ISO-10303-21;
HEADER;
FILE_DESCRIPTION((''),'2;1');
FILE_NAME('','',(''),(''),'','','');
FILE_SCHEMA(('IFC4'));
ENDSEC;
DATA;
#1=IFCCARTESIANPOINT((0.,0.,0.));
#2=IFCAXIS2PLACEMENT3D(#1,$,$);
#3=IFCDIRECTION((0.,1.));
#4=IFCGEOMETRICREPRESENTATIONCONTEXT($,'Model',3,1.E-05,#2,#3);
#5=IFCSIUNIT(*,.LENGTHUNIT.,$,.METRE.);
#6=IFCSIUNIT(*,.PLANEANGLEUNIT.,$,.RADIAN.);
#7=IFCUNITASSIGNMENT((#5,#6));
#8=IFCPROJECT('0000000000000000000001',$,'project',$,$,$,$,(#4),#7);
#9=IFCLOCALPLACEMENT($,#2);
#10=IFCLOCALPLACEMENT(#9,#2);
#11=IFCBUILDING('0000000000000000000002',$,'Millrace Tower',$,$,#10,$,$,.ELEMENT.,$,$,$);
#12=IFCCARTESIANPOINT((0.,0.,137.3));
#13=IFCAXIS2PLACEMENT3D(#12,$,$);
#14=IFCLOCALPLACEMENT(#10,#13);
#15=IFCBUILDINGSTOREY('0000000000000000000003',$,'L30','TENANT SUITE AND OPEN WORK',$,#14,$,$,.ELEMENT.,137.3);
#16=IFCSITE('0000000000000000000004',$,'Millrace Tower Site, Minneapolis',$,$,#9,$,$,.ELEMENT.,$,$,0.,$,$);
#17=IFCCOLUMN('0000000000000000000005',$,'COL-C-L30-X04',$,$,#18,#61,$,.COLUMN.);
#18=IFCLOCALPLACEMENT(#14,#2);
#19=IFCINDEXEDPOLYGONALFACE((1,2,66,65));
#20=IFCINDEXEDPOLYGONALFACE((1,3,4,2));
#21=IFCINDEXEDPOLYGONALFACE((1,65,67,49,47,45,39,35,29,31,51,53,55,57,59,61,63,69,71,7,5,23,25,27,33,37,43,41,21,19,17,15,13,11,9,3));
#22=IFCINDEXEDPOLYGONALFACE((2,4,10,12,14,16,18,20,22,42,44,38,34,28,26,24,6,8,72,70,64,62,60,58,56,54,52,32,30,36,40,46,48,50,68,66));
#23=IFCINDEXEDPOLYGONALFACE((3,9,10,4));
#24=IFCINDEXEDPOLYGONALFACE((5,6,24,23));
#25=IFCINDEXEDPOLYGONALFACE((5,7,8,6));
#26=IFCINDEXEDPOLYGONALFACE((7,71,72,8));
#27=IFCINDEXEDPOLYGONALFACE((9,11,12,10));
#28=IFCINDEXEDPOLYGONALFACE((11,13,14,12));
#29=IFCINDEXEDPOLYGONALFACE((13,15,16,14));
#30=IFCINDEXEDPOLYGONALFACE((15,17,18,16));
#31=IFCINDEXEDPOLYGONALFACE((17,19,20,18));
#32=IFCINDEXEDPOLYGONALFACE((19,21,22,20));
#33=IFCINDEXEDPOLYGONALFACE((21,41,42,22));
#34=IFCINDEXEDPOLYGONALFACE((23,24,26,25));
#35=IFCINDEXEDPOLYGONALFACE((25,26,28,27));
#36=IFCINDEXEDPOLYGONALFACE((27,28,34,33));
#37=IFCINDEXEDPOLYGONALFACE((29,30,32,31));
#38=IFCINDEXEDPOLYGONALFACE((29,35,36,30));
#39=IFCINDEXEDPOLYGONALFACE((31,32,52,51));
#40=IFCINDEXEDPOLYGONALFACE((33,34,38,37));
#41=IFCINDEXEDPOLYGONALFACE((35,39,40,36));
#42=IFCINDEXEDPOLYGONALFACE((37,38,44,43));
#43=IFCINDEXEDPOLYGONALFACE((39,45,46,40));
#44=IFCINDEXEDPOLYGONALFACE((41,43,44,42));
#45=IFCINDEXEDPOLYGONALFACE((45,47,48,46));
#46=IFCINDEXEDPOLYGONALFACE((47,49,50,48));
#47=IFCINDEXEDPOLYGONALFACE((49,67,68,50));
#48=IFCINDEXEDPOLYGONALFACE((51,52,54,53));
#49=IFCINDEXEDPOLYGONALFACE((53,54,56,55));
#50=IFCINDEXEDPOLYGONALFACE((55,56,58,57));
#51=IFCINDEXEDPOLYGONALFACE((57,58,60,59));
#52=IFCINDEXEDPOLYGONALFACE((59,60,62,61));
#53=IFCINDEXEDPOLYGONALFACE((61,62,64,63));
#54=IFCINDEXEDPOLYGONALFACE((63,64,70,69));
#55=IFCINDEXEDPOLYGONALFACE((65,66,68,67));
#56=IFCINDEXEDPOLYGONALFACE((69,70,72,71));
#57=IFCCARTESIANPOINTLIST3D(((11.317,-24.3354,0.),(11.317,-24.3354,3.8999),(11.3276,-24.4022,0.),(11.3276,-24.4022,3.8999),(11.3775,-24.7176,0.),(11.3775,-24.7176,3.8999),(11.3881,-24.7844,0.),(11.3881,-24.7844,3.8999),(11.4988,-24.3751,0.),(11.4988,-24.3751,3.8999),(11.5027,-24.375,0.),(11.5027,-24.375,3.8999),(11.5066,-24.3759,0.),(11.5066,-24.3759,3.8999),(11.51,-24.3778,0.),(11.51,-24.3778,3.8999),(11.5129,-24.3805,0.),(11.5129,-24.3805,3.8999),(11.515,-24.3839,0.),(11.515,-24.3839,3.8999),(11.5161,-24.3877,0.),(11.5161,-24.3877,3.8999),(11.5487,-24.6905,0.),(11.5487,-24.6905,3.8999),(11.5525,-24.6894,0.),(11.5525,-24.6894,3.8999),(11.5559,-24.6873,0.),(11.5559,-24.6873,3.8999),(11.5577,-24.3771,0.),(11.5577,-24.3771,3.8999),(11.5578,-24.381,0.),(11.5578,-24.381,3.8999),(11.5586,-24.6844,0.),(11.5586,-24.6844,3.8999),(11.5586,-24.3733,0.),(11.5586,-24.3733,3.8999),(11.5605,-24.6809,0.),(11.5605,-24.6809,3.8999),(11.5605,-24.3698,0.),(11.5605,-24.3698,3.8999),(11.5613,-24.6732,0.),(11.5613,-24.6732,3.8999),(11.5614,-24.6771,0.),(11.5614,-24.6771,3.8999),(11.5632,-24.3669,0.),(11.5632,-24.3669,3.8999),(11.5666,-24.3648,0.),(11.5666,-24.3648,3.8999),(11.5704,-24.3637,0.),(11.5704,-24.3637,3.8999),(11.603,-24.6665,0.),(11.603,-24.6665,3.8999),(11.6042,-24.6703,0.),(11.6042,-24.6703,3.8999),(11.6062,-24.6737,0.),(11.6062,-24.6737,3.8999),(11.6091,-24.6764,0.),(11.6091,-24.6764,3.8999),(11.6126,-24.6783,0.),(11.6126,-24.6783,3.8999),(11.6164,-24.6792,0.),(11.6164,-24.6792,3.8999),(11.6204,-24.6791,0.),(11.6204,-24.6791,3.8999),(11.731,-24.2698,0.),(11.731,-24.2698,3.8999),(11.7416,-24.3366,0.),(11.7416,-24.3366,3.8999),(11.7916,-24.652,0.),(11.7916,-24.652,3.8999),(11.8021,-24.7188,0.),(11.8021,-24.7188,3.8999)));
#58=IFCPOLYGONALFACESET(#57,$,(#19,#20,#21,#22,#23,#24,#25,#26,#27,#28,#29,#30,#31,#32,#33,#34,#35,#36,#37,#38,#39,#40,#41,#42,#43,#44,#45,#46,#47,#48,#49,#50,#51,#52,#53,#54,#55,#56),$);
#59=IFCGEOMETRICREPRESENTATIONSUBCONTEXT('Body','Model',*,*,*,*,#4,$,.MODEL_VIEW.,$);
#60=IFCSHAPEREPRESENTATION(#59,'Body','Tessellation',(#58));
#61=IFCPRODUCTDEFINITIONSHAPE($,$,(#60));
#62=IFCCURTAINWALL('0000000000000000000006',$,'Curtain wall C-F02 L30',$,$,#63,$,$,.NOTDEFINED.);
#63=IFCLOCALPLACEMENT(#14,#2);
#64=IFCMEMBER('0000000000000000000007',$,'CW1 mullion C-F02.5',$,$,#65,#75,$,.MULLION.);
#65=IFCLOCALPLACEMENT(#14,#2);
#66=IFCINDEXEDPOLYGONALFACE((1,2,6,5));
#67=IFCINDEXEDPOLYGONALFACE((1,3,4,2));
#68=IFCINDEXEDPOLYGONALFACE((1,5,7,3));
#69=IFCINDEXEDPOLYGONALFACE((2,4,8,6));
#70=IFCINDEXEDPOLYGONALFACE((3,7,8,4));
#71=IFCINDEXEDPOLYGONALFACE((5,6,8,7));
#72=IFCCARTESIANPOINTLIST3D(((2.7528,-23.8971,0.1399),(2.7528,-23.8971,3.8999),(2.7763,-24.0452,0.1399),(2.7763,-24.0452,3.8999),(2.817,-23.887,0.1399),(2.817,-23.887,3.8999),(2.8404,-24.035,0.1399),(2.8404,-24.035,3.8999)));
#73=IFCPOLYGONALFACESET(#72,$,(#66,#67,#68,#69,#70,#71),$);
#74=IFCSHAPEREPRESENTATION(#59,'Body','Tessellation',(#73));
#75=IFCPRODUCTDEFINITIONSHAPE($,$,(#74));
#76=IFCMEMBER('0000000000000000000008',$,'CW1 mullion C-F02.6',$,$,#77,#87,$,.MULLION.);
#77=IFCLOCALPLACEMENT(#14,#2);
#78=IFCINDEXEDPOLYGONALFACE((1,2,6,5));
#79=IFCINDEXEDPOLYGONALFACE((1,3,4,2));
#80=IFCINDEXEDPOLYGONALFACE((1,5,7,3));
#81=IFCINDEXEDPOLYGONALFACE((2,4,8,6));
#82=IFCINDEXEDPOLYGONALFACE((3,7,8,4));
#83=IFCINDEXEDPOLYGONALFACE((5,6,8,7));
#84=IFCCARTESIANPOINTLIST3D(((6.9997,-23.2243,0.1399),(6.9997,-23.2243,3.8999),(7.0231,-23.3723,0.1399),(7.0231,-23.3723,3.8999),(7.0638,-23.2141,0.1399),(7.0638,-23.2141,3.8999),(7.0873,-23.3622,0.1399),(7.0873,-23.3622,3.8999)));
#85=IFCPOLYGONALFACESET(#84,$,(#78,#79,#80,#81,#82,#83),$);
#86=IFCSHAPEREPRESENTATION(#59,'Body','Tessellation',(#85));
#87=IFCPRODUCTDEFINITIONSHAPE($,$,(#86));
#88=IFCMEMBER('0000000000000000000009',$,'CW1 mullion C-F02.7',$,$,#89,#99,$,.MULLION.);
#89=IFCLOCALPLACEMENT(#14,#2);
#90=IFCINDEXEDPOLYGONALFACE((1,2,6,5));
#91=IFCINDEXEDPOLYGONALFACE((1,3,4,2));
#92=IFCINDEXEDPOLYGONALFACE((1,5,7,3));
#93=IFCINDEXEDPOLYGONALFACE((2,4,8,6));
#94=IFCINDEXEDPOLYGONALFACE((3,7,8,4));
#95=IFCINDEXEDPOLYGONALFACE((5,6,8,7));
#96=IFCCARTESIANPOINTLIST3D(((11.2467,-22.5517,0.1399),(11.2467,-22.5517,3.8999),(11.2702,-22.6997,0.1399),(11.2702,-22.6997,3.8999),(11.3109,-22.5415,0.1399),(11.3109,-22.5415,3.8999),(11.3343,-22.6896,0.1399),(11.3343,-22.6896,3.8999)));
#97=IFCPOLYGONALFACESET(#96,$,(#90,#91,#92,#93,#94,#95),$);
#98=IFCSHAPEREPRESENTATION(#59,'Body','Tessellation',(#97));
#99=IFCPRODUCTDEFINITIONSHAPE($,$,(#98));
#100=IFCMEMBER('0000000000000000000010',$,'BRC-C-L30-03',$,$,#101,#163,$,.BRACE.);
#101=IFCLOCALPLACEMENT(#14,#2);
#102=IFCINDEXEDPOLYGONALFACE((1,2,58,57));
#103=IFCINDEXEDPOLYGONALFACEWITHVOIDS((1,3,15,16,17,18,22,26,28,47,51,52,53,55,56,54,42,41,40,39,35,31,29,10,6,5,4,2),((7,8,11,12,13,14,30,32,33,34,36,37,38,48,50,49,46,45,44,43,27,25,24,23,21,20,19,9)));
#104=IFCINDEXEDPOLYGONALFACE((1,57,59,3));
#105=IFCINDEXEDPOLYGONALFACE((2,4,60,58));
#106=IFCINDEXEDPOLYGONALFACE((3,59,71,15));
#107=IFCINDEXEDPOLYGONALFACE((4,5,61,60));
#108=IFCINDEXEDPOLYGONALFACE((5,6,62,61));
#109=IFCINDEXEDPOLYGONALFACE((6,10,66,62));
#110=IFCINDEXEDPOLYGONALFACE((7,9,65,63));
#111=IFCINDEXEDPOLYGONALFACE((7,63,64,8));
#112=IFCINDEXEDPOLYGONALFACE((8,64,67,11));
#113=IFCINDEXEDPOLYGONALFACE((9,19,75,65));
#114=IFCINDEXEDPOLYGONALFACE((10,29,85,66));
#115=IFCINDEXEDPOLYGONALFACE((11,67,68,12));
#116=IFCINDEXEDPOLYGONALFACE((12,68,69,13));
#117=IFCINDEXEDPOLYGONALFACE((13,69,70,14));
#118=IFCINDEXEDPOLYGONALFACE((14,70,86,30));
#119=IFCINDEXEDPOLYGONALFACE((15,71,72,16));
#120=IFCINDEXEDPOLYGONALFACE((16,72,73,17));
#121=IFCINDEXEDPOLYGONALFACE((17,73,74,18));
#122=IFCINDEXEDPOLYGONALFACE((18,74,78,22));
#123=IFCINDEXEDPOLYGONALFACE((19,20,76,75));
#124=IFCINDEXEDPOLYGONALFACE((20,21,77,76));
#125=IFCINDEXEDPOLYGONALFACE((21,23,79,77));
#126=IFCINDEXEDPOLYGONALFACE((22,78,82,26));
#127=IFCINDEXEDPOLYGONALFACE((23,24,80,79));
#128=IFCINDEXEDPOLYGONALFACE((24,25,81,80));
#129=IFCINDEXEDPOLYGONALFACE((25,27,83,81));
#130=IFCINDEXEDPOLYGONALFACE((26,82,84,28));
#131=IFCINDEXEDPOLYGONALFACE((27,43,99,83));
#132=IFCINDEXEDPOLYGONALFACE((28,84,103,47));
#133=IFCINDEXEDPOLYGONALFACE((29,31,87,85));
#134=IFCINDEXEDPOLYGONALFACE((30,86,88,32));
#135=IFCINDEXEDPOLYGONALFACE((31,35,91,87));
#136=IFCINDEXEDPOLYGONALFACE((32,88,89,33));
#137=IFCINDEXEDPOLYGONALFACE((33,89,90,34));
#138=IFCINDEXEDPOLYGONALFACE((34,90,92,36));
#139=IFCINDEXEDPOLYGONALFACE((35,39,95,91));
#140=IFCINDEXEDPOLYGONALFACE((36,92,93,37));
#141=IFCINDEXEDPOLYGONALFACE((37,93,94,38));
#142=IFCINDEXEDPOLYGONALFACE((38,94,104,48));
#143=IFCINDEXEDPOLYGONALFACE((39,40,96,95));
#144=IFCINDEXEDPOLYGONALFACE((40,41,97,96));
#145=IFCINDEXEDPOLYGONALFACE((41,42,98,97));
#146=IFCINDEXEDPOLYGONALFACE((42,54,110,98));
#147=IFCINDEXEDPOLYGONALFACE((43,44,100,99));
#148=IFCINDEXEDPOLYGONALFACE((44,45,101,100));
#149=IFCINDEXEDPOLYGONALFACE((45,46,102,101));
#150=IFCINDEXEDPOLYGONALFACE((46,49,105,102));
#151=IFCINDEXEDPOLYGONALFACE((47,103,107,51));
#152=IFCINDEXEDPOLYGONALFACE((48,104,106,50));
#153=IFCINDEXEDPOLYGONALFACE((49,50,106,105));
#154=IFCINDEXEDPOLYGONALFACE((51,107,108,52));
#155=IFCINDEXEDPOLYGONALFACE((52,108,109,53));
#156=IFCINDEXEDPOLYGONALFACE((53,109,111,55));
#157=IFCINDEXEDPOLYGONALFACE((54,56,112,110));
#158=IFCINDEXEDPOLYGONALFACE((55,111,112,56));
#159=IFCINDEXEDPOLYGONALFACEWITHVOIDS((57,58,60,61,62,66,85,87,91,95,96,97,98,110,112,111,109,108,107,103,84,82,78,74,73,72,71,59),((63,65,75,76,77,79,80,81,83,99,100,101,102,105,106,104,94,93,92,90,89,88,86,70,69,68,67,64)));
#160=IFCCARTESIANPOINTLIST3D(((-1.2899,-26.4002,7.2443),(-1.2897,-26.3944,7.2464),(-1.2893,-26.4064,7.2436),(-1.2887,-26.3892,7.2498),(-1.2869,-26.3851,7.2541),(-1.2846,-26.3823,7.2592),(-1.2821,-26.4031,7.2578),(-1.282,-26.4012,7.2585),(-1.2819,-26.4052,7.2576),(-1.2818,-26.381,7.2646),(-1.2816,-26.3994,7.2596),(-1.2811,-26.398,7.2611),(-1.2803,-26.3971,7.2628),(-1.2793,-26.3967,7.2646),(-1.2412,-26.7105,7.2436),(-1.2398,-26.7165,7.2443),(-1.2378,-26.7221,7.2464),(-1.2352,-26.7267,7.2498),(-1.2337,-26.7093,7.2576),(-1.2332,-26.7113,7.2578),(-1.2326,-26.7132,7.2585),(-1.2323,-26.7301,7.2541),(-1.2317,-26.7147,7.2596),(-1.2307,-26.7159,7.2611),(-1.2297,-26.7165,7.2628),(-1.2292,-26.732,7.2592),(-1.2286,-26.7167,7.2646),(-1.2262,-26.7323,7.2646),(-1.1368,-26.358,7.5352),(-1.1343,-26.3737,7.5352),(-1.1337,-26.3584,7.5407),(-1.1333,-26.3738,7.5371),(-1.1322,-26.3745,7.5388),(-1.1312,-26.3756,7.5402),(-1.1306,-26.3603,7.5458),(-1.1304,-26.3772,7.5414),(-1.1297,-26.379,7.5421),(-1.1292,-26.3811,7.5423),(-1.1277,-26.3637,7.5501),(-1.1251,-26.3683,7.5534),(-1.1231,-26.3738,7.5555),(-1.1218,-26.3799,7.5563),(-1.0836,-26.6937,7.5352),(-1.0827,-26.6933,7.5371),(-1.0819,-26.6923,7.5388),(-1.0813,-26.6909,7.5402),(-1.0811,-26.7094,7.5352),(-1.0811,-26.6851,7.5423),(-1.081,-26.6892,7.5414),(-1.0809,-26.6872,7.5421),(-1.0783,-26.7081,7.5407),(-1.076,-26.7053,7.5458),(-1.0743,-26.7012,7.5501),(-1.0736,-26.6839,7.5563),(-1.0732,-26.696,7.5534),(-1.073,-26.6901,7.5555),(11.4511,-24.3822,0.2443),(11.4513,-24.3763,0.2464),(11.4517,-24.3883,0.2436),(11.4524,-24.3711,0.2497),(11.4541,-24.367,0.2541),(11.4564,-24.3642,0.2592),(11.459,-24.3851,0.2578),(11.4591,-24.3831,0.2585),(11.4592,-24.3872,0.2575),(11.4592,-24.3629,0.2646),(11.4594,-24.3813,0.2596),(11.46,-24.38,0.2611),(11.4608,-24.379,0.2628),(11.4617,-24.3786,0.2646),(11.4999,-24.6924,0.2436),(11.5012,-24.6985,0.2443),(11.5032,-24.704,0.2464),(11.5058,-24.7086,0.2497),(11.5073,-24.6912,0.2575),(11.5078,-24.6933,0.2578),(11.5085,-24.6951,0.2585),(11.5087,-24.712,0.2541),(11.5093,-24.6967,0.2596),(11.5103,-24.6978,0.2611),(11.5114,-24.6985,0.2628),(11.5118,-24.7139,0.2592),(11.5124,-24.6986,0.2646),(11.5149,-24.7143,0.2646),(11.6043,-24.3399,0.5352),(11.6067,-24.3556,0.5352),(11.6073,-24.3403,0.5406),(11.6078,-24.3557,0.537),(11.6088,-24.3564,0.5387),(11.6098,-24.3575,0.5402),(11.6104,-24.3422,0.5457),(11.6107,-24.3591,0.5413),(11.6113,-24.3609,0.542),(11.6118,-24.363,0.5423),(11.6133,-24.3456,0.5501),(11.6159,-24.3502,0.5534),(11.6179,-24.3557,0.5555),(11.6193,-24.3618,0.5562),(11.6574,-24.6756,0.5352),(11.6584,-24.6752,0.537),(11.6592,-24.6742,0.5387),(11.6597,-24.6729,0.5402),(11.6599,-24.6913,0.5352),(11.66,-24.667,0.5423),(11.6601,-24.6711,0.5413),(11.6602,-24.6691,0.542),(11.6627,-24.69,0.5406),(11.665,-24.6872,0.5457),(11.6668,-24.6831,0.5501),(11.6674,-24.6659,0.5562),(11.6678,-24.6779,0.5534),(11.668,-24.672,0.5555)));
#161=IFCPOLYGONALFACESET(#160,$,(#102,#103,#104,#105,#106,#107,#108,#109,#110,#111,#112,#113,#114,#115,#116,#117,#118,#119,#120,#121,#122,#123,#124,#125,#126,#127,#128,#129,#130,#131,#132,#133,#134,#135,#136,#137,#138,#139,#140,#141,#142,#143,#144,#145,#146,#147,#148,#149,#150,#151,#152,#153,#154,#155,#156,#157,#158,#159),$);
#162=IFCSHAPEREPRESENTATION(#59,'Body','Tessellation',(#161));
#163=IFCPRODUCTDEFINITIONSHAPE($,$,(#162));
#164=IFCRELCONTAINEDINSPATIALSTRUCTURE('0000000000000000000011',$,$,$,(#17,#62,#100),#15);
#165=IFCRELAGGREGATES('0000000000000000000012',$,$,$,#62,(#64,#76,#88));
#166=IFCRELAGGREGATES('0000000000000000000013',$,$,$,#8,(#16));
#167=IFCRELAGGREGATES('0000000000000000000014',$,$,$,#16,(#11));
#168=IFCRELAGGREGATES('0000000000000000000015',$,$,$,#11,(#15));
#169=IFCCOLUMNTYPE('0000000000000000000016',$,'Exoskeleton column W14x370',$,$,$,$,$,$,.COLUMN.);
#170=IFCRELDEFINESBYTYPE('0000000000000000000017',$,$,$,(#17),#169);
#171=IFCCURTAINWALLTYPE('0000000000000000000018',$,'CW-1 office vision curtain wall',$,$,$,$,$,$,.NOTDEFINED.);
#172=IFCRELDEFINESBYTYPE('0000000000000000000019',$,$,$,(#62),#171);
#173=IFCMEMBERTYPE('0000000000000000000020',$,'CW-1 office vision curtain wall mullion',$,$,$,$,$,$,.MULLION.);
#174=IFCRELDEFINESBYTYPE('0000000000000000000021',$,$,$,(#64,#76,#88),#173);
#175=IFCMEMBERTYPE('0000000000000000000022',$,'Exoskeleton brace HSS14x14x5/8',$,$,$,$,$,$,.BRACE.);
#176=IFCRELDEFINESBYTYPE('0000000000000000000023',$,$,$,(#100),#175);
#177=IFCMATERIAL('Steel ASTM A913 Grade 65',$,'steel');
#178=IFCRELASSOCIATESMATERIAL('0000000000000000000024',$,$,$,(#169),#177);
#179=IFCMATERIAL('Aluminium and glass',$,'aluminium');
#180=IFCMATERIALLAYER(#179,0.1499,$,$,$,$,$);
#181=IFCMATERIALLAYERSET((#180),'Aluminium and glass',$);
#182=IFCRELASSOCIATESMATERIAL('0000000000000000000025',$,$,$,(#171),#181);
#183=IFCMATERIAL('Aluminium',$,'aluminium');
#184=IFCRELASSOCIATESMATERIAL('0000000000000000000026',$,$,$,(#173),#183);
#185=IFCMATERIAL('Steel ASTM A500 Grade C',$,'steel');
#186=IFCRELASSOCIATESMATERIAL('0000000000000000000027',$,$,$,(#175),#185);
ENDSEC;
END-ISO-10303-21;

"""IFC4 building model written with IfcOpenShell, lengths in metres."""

from ifc_helpers import new_model, si_unit, direction, frame, origin, origin_2d, place, context, subcontext, project, spatial, rectangle, hollow_rectangle, i_section, extrude, material, layer, layer_set, material_profile, profile_set, type_object, element, aggregate, save


model = new_model("IFC4")

# Units and contexts
model_context = context("Model", 3, precision=1e-05, world=origin(), true_north=direction((0.0, 1.0)))
body_context = subcontext(model_context, "Body", "Model", "MODEL_VIEW")
ifc_project = project(units=[si_unit("LENGTHUNIT", "METRE"), si_unit("PLANEANGLEUNIT", "RADIAN")], contexts=[model_context])

# Site, building, storey
site_placement = place(None, origin())
site = spatial("IfcSite", under=ifc_project, at=site_placement, Name="Millrace Tower Site, Minneapolis", CompositionType="ELEMENT", RefElevation=0.0)
building_placement = place(site_placement, origin())
building = spatial("IfcBuilding", under=site, at=building_placement, Name="Millrace Tower", CompositionType="ELEMENT")
storey_placement = place(building_placement, frame((0.0, 0.0, 137.3)))
storey = spatial("IfcBuildingStorey", under=building, at=storey_placement, Name="L30", Description="TENANT SUITE AND OPEN WORK", CompositionType="ELEMENT", Elevation=137.3)

# Column
ifc_material_1 = material(Name="Steel ASTM A913 Grade 65", Category="steel")
ifc_material_profile_1 = material_profile(ifc_material_1, i_section(OverallWidth=0.4192, OverallDepth=0.4546, WebThickness=0.0422, FlangeThickness=0.0676, FilletRadius=0.0151, at=origin_2d()))
ifc_profile_set_1 = profile_set([ifc_material_profile_1], Name="Steel ASTM A913 Grade 65")
column_type = type_object("IfcColumnType", Name="Exoskeleton column W14x370", PredefinedType="COLUMN", material=ifc_profile_set_1)
column_placement = place(storey_placement, frame((11.5596, -24.5271, 0.0), z_axis=(0.0, 0.0, 1.0), x_axis=(0.987688, 0.156434, 0.0)))
element("IfcColumn", 1, at=column_placement, inside=storey, type_object=column_type, Name="COL-C-L30-X04", PredefinedType="COLUMN", context=body_context, shape_type="SweptSolid", body=[
    extrude(i_section(OverallWidth=0.4192, OverallDepth=0.4546, WebThickness=0.0422, FlangeThickness=0.0676, FilletRadius=0.0151, at=origin_2d()), origin(), (0.0, 0.0, 1.0), 3.8999),
])

# Curtain wall, members
ifc_material_2 = material(Name="Aluminium and glass", Category="aluminium")
ifc_layer_1 = layer(ifc_material_2, 0.1499)
ifc_layer_set_1 = layer_set([ifc_layer_1], Name="Aluminium and glass")
curtain_wall_type = type_object("IfcCurtainWallType", Name="CW-1 office vision curtain wall", PredefinedType="NOTDEFINED", material=ifc_layer_set_1)
placement = place(storey_placement, origin())
curtain_wall = element("IfcCurtainWall", 2, at=placement, inside=storey, type_object=curtain_wall_type, Name="Curtain wall C-F02 L30", PredefinedType="NOTDEFINED")
ifc_material_3 = material(Name="Aluminium", Category="aluminium")
ifc_material_profile_2 = material_profile(ifc_material_3, rectangle(XDim=0.0649, YDim=0.1499, at=origin_2d()))
ifc_profile_set_2 = profile_set([ifc_material_profile_2], Name="Aluminium")
member_type_1 = type_object("IfcMemberType", Name="CW-1 office vision curtain wall mullion", PredefinedType="MULLION", material=ifc_profile_set_2)
member_1_placement = place(storey_placement, frame((2.7966, -23.9661, 0.1399), z_axis=(0.0, 0.0, 1.0), x_axis=(0.987688, 0.156434, 0.0)))
member_1 = element("IfcMember", 3, at=member_1_placement, type_object=member_type_1, Name="CW1 mullion C-F02.5", PredefinedType="MULLION", context=body_context, shape_type="SweptSolid", body=[
    extrude(rectangle(XDim=0.0649, YDim=0.1499, at=origin_2d()), origin(), (0.0, 0.0, 1.0), 3.76),
])
member_2_placement = place(storey_placement, frame((7.0435, -23.2932, 0.1399), z_axis=(0.0, 0.0, 1.0), x_axis=(0.987688, 0.156434, 0.0)))
member_2 = element("IfcMember", 4, at=member_2_placement, type_object=member_type_1, Name="CW1 mullion C-F02.6", PredefinedType="MULLION", context=body_context, shape_type="SweptSolid", body=[
    extrude(rectangle(XDim=0.0649, YDim=0.1499, at=origin_2d()), origin(), (0.0, 0.0, 1.0), 3.76),
])
member_3_placement = place(storey_placement, frame((11.2905, -22.6206, 0.1399), z_axis=(0.0, 0.0, 1.0), x_axis=(0.987688, 0.156434, 0.0)))
member_3 = element("IfcMember", 5, at=member_3_placement, type_object=member_type_1, Name="CW1 mullion C-F02.7", PredefinedType="MULLION", context=body_context, shape_type="SweptSolid", body=[
    extrude(rectangle(XDim=0.0649, YDim=0.1499, at=origin_2d()), origin(), (0.0, 0.0, 1.0), 3.76),
])
aggregate(curtain_wall, [member_1, member_2, member_3])

# Member
ifc_material_4 = material(Name="Steel ASTM A500 Grade C", Category="steel")
ifc_material_profile_3 = material_profile(ifc_material_4, hollow_rectangle(XDim=0.3557, YDim=0.3557, WallThickness=0.0159, InnerFilletRadius=0.0081, OuterFilletRadius=0.0239, at=origin_2d()))
ifc_profile_set_3 = profile_set([ifc_material_profile_3], Name="Steel ASTM A500 Grade C")
member_type_2 = type_object("IfcMemberType", Name="Exoskeleton brace HSS14x14x5/8", PredefinedType="BRACE", material=ifc_profile_set_3)
member_4_placement = place(storey_placement, frame((11.5596, -24.5271, 0.3999), z_axis=(-0.86811, -0.137502, 0.476947), x_axis=(0.156442, -0.987687, 0.0)))
element("IfcMember", 6, at=member_4_placement, inside=storey, type_object=member_type_2, Name="BRC-C-L30-03", PredefinedType="BRACE", context=body_context, shape_type="SweptSolid", body=[
    extrude(hollow_rectangle(XDim=0.3557, YDim=0.3557, WallThickness=0.0159, InnerFilletRadius=0.0081, OuterFilletRadius=0.0239, at=origin_2d()), origin(), (0.0, 0.0, 1.0), 14.6768),
])

save(model, "model.ifc")
